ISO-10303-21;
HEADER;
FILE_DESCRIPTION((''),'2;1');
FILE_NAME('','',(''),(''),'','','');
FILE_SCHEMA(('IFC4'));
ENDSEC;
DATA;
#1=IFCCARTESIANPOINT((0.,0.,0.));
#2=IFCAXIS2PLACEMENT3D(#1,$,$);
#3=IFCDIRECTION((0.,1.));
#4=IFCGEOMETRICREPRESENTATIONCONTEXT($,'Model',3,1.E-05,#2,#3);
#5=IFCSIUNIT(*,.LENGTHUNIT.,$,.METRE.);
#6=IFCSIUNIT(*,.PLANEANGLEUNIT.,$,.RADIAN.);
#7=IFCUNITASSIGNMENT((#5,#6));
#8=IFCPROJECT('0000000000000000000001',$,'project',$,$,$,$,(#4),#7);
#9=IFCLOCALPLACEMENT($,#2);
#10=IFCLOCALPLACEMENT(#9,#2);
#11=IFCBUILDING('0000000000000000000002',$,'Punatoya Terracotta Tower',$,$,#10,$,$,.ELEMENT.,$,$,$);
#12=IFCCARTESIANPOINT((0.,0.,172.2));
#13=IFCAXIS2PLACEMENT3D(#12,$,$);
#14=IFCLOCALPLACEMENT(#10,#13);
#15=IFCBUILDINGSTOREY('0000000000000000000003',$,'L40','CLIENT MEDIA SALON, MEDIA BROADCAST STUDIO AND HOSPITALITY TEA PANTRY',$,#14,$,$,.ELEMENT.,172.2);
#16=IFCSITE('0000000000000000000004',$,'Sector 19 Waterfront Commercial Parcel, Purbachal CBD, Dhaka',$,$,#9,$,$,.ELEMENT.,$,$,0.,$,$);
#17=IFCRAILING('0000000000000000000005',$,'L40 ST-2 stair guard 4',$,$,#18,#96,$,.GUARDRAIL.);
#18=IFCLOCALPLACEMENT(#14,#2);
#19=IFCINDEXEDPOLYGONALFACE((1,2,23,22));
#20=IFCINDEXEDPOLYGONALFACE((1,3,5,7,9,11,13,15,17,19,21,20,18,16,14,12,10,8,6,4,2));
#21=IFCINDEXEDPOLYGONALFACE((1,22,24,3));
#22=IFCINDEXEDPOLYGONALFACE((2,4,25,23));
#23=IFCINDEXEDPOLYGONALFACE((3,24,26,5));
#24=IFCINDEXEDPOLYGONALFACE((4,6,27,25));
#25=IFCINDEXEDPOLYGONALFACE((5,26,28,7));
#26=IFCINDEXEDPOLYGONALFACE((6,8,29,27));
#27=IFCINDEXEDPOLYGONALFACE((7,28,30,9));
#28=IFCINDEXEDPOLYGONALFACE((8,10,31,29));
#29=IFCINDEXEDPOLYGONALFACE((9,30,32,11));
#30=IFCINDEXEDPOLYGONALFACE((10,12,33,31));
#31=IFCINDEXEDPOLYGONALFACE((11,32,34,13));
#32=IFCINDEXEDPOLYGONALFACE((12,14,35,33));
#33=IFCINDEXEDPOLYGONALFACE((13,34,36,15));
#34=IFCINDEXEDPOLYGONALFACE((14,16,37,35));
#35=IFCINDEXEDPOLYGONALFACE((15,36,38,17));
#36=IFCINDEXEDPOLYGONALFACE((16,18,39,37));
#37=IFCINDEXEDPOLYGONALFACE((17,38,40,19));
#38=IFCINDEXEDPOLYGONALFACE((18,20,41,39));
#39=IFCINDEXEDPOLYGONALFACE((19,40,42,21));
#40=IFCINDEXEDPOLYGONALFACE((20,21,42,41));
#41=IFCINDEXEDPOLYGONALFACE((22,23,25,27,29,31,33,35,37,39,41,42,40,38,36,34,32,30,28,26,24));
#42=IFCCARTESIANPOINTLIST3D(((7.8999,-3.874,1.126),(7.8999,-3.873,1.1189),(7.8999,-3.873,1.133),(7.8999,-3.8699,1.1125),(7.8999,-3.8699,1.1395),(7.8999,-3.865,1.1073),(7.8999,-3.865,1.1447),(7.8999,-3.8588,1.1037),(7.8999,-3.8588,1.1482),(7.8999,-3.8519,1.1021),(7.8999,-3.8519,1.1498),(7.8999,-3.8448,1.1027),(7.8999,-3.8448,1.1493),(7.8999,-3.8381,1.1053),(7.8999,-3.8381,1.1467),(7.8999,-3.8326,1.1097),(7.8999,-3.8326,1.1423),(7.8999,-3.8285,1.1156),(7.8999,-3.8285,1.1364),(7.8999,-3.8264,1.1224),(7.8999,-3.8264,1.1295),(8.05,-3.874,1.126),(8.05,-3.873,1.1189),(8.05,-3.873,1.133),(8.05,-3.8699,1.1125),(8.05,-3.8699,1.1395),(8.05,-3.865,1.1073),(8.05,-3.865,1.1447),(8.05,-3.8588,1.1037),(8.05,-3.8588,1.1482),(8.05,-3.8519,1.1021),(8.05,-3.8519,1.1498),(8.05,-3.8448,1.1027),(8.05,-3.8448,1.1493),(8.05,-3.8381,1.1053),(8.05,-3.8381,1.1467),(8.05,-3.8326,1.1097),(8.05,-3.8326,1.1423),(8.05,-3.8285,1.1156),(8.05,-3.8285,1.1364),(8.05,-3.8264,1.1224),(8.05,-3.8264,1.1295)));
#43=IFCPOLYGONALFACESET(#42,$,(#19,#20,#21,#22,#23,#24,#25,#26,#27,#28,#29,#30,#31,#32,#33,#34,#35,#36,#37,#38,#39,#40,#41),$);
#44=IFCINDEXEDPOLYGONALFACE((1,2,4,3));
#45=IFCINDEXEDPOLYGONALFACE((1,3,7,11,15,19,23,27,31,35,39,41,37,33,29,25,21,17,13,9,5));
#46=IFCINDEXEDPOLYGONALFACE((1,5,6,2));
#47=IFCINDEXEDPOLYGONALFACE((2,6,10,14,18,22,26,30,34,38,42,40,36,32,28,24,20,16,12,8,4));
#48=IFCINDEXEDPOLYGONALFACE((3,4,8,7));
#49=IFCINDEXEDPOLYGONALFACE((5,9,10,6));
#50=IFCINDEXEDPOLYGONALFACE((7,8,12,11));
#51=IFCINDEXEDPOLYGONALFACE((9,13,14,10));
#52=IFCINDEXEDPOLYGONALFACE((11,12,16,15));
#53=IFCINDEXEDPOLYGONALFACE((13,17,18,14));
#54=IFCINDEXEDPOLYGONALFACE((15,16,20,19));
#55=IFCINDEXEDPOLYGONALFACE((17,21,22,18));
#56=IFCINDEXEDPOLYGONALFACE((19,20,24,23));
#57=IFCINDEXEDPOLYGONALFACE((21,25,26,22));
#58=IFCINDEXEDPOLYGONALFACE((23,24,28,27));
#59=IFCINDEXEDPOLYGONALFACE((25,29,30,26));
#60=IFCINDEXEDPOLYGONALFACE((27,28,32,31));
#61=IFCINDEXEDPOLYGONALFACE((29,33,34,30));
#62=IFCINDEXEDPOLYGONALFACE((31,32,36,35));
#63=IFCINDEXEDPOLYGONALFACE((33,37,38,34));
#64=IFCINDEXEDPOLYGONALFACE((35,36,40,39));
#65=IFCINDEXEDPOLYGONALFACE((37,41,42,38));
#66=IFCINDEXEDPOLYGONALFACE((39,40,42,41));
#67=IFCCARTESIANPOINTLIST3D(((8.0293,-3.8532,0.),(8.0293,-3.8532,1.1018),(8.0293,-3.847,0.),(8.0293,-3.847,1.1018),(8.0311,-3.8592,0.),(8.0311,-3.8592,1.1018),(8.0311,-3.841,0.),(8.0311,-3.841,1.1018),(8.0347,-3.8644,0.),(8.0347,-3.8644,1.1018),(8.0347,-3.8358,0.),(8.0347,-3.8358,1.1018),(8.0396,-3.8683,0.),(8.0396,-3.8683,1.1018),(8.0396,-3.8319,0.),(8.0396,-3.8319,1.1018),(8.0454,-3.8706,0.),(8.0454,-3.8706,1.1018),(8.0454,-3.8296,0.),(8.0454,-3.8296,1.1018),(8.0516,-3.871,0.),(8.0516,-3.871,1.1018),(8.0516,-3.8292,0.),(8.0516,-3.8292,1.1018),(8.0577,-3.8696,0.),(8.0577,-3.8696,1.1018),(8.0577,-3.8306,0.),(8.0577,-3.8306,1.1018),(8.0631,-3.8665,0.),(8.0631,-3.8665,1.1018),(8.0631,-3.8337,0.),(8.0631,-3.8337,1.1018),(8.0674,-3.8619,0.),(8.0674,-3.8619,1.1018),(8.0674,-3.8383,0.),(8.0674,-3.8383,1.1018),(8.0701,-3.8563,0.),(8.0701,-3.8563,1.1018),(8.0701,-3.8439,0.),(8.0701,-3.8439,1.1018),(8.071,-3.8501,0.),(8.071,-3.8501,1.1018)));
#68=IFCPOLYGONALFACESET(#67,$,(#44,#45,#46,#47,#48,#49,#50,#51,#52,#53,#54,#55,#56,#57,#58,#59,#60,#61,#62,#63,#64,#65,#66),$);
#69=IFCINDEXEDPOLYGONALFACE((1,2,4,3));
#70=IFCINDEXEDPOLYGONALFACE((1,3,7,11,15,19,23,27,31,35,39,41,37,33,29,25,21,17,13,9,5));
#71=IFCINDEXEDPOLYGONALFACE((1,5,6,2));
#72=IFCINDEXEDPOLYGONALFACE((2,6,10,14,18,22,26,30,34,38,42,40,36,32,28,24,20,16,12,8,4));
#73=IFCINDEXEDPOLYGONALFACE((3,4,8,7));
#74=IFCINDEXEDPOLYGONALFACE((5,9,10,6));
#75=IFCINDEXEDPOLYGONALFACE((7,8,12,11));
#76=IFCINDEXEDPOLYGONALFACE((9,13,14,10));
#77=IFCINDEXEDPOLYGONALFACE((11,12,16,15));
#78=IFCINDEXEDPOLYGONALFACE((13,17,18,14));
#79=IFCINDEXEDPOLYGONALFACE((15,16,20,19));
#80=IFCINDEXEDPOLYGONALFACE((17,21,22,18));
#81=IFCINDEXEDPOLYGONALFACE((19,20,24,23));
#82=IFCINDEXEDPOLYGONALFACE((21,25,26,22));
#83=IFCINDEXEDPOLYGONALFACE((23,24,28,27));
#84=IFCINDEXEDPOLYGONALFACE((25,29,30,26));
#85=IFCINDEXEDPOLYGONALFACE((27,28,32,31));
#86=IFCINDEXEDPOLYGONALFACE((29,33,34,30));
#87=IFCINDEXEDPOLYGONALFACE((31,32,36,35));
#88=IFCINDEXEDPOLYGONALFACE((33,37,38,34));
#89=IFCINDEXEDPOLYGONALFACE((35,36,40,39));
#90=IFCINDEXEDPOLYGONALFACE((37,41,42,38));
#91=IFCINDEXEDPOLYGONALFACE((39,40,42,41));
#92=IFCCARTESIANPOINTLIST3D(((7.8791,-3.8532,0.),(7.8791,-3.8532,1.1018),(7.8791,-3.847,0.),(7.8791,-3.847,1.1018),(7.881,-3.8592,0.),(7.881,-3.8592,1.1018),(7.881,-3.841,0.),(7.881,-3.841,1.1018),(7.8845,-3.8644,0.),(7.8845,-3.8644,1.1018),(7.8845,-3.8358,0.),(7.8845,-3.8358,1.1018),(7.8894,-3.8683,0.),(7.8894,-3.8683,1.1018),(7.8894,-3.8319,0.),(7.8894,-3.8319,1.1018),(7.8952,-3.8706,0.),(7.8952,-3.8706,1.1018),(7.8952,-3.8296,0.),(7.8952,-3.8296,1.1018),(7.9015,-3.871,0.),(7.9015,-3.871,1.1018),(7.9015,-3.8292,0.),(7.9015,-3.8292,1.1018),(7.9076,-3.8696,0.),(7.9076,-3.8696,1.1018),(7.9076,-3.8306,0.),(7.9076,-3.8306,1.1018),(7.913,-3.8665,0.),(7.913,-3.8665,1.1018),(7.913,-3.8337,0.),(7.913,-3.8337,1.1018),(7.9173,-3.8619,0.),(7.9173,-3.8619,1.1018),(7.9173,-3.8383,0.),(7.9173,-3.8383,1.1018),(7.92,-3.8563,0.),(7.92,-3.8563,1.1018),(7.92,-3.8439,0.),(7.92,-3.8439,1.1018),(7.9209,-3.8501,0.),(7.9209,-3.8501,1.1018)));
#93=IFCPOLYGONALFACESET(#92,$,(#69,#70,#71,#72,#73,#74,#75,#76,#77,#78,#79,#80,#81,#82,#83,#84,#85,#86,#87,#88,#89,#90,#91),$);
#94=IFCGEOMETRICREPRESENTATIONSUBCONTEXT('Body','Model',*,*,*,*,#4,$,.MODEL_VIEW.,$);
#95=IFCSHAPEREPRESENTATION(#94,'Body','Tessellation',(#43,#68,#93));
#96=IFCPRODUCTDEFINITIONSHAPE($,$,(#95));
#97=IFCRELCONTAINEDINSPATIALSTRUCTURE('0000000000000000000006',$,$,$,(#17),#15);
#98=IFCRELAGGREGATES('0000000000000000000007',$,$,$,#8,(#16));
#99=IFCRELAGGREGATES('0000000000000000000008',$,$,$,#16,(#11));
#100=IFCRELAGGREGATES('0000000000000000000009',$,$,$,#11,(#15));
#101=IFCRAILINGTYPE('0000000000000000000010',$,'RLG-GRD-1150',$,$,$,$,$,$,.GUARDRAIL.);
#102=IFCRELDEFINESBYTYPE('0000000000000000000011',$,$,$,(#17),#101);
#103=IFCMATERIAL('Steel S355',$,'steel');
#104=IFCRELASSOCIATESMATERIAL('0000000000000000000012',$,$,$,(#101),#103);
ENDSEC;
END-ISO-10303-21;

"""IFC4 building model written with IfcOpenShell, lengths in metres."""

from ifc_helpers import new_model, si_unit, direction, frame, origin, origin_2d, place, context, subcontext, project, spatial, circle, extrude, material, type_object, element, save


model = new_model("IFC4")

# Units and contexts
model_context = context("Model", 3, precision=1e-05, world=origin(), true_north=direction((0.0, 1.0)))
body_context = subcontext(model_context, "Body", "Model", "MODEL_VIEW")
ifc_project = project(units=[si_unit("LENGTHUNIT", "METRE"), si_unit("PLANEANGLEUNIT", "RADIAN")], contexts=[model_context])

# Site, building, storey
site_placement = place(None, origin())
site = spatial("IfcSite", under=ifc_project, at=site_placement, Name="Sector 19 Waterfront Commercial Parcel, Purbachal CBD, Dhaka", CompositionType="ELEMENT", RefElevation=0.0)
building_placement = place(site_placement, origin())
building = spatial("IfcBuilding", under=site, at=building_placement, Name="Punatoya Terracotta Tower", CompositionType="ELEMENT")
storey_placement = place(building_placement, frame((0.0, 0.0, 172.2)))
storey = spatial("IfcBuildingStorey", under=building, at=storey_placement, Name="L40", Description="CLIENT MEDIA SALON, MEDIA BROADCAST STUDIO AND HOSPITALITY TEA PANTRY", CompositionType="ELEMENT", Elevation=172.2)

# Railing
ifc_material_1 = material(Name="Steel S355", Category="steel")
railing_type_1 = type_object("IfcRailingType", Name="RLG-GRD-1150", PredefinedType="GUARDRAIL", material=ifc_material_1)
railing_1_placement = place(storey_placement, frame((8.05, -3.8501, 0.0)))
element("IfcRailing", 1, at=railing_1_placement, inside=storey, type_object=railing_type_1, Name="L40 ST-2 stair guard 4", PredefinedType="GUARDRAIL", context=body_context, shape_type="SweptSolid", body=[
    extrude(circle(Radius=0.0239, at=origin_2d()), frame((0.0, 0.0, 1.126), z_axis=(-1.0, 0.0, 0.0), x_axis=(0.0, -1.0, 0.0)), (0.0, 0.0, 1.0), 0.1501),
    extrude(circle(Radius=0.021, at=origin_2d()), origin(), (0.0, 0.0, 1.0), 1.1018),
    extrude(circle(Radius=0.021, at=origin_2d()), frame((-0.1501, 0.0, 0.0)), (0.0, 0.0, 1.0), 1.1018),
])

save(model, "model.ifc")
